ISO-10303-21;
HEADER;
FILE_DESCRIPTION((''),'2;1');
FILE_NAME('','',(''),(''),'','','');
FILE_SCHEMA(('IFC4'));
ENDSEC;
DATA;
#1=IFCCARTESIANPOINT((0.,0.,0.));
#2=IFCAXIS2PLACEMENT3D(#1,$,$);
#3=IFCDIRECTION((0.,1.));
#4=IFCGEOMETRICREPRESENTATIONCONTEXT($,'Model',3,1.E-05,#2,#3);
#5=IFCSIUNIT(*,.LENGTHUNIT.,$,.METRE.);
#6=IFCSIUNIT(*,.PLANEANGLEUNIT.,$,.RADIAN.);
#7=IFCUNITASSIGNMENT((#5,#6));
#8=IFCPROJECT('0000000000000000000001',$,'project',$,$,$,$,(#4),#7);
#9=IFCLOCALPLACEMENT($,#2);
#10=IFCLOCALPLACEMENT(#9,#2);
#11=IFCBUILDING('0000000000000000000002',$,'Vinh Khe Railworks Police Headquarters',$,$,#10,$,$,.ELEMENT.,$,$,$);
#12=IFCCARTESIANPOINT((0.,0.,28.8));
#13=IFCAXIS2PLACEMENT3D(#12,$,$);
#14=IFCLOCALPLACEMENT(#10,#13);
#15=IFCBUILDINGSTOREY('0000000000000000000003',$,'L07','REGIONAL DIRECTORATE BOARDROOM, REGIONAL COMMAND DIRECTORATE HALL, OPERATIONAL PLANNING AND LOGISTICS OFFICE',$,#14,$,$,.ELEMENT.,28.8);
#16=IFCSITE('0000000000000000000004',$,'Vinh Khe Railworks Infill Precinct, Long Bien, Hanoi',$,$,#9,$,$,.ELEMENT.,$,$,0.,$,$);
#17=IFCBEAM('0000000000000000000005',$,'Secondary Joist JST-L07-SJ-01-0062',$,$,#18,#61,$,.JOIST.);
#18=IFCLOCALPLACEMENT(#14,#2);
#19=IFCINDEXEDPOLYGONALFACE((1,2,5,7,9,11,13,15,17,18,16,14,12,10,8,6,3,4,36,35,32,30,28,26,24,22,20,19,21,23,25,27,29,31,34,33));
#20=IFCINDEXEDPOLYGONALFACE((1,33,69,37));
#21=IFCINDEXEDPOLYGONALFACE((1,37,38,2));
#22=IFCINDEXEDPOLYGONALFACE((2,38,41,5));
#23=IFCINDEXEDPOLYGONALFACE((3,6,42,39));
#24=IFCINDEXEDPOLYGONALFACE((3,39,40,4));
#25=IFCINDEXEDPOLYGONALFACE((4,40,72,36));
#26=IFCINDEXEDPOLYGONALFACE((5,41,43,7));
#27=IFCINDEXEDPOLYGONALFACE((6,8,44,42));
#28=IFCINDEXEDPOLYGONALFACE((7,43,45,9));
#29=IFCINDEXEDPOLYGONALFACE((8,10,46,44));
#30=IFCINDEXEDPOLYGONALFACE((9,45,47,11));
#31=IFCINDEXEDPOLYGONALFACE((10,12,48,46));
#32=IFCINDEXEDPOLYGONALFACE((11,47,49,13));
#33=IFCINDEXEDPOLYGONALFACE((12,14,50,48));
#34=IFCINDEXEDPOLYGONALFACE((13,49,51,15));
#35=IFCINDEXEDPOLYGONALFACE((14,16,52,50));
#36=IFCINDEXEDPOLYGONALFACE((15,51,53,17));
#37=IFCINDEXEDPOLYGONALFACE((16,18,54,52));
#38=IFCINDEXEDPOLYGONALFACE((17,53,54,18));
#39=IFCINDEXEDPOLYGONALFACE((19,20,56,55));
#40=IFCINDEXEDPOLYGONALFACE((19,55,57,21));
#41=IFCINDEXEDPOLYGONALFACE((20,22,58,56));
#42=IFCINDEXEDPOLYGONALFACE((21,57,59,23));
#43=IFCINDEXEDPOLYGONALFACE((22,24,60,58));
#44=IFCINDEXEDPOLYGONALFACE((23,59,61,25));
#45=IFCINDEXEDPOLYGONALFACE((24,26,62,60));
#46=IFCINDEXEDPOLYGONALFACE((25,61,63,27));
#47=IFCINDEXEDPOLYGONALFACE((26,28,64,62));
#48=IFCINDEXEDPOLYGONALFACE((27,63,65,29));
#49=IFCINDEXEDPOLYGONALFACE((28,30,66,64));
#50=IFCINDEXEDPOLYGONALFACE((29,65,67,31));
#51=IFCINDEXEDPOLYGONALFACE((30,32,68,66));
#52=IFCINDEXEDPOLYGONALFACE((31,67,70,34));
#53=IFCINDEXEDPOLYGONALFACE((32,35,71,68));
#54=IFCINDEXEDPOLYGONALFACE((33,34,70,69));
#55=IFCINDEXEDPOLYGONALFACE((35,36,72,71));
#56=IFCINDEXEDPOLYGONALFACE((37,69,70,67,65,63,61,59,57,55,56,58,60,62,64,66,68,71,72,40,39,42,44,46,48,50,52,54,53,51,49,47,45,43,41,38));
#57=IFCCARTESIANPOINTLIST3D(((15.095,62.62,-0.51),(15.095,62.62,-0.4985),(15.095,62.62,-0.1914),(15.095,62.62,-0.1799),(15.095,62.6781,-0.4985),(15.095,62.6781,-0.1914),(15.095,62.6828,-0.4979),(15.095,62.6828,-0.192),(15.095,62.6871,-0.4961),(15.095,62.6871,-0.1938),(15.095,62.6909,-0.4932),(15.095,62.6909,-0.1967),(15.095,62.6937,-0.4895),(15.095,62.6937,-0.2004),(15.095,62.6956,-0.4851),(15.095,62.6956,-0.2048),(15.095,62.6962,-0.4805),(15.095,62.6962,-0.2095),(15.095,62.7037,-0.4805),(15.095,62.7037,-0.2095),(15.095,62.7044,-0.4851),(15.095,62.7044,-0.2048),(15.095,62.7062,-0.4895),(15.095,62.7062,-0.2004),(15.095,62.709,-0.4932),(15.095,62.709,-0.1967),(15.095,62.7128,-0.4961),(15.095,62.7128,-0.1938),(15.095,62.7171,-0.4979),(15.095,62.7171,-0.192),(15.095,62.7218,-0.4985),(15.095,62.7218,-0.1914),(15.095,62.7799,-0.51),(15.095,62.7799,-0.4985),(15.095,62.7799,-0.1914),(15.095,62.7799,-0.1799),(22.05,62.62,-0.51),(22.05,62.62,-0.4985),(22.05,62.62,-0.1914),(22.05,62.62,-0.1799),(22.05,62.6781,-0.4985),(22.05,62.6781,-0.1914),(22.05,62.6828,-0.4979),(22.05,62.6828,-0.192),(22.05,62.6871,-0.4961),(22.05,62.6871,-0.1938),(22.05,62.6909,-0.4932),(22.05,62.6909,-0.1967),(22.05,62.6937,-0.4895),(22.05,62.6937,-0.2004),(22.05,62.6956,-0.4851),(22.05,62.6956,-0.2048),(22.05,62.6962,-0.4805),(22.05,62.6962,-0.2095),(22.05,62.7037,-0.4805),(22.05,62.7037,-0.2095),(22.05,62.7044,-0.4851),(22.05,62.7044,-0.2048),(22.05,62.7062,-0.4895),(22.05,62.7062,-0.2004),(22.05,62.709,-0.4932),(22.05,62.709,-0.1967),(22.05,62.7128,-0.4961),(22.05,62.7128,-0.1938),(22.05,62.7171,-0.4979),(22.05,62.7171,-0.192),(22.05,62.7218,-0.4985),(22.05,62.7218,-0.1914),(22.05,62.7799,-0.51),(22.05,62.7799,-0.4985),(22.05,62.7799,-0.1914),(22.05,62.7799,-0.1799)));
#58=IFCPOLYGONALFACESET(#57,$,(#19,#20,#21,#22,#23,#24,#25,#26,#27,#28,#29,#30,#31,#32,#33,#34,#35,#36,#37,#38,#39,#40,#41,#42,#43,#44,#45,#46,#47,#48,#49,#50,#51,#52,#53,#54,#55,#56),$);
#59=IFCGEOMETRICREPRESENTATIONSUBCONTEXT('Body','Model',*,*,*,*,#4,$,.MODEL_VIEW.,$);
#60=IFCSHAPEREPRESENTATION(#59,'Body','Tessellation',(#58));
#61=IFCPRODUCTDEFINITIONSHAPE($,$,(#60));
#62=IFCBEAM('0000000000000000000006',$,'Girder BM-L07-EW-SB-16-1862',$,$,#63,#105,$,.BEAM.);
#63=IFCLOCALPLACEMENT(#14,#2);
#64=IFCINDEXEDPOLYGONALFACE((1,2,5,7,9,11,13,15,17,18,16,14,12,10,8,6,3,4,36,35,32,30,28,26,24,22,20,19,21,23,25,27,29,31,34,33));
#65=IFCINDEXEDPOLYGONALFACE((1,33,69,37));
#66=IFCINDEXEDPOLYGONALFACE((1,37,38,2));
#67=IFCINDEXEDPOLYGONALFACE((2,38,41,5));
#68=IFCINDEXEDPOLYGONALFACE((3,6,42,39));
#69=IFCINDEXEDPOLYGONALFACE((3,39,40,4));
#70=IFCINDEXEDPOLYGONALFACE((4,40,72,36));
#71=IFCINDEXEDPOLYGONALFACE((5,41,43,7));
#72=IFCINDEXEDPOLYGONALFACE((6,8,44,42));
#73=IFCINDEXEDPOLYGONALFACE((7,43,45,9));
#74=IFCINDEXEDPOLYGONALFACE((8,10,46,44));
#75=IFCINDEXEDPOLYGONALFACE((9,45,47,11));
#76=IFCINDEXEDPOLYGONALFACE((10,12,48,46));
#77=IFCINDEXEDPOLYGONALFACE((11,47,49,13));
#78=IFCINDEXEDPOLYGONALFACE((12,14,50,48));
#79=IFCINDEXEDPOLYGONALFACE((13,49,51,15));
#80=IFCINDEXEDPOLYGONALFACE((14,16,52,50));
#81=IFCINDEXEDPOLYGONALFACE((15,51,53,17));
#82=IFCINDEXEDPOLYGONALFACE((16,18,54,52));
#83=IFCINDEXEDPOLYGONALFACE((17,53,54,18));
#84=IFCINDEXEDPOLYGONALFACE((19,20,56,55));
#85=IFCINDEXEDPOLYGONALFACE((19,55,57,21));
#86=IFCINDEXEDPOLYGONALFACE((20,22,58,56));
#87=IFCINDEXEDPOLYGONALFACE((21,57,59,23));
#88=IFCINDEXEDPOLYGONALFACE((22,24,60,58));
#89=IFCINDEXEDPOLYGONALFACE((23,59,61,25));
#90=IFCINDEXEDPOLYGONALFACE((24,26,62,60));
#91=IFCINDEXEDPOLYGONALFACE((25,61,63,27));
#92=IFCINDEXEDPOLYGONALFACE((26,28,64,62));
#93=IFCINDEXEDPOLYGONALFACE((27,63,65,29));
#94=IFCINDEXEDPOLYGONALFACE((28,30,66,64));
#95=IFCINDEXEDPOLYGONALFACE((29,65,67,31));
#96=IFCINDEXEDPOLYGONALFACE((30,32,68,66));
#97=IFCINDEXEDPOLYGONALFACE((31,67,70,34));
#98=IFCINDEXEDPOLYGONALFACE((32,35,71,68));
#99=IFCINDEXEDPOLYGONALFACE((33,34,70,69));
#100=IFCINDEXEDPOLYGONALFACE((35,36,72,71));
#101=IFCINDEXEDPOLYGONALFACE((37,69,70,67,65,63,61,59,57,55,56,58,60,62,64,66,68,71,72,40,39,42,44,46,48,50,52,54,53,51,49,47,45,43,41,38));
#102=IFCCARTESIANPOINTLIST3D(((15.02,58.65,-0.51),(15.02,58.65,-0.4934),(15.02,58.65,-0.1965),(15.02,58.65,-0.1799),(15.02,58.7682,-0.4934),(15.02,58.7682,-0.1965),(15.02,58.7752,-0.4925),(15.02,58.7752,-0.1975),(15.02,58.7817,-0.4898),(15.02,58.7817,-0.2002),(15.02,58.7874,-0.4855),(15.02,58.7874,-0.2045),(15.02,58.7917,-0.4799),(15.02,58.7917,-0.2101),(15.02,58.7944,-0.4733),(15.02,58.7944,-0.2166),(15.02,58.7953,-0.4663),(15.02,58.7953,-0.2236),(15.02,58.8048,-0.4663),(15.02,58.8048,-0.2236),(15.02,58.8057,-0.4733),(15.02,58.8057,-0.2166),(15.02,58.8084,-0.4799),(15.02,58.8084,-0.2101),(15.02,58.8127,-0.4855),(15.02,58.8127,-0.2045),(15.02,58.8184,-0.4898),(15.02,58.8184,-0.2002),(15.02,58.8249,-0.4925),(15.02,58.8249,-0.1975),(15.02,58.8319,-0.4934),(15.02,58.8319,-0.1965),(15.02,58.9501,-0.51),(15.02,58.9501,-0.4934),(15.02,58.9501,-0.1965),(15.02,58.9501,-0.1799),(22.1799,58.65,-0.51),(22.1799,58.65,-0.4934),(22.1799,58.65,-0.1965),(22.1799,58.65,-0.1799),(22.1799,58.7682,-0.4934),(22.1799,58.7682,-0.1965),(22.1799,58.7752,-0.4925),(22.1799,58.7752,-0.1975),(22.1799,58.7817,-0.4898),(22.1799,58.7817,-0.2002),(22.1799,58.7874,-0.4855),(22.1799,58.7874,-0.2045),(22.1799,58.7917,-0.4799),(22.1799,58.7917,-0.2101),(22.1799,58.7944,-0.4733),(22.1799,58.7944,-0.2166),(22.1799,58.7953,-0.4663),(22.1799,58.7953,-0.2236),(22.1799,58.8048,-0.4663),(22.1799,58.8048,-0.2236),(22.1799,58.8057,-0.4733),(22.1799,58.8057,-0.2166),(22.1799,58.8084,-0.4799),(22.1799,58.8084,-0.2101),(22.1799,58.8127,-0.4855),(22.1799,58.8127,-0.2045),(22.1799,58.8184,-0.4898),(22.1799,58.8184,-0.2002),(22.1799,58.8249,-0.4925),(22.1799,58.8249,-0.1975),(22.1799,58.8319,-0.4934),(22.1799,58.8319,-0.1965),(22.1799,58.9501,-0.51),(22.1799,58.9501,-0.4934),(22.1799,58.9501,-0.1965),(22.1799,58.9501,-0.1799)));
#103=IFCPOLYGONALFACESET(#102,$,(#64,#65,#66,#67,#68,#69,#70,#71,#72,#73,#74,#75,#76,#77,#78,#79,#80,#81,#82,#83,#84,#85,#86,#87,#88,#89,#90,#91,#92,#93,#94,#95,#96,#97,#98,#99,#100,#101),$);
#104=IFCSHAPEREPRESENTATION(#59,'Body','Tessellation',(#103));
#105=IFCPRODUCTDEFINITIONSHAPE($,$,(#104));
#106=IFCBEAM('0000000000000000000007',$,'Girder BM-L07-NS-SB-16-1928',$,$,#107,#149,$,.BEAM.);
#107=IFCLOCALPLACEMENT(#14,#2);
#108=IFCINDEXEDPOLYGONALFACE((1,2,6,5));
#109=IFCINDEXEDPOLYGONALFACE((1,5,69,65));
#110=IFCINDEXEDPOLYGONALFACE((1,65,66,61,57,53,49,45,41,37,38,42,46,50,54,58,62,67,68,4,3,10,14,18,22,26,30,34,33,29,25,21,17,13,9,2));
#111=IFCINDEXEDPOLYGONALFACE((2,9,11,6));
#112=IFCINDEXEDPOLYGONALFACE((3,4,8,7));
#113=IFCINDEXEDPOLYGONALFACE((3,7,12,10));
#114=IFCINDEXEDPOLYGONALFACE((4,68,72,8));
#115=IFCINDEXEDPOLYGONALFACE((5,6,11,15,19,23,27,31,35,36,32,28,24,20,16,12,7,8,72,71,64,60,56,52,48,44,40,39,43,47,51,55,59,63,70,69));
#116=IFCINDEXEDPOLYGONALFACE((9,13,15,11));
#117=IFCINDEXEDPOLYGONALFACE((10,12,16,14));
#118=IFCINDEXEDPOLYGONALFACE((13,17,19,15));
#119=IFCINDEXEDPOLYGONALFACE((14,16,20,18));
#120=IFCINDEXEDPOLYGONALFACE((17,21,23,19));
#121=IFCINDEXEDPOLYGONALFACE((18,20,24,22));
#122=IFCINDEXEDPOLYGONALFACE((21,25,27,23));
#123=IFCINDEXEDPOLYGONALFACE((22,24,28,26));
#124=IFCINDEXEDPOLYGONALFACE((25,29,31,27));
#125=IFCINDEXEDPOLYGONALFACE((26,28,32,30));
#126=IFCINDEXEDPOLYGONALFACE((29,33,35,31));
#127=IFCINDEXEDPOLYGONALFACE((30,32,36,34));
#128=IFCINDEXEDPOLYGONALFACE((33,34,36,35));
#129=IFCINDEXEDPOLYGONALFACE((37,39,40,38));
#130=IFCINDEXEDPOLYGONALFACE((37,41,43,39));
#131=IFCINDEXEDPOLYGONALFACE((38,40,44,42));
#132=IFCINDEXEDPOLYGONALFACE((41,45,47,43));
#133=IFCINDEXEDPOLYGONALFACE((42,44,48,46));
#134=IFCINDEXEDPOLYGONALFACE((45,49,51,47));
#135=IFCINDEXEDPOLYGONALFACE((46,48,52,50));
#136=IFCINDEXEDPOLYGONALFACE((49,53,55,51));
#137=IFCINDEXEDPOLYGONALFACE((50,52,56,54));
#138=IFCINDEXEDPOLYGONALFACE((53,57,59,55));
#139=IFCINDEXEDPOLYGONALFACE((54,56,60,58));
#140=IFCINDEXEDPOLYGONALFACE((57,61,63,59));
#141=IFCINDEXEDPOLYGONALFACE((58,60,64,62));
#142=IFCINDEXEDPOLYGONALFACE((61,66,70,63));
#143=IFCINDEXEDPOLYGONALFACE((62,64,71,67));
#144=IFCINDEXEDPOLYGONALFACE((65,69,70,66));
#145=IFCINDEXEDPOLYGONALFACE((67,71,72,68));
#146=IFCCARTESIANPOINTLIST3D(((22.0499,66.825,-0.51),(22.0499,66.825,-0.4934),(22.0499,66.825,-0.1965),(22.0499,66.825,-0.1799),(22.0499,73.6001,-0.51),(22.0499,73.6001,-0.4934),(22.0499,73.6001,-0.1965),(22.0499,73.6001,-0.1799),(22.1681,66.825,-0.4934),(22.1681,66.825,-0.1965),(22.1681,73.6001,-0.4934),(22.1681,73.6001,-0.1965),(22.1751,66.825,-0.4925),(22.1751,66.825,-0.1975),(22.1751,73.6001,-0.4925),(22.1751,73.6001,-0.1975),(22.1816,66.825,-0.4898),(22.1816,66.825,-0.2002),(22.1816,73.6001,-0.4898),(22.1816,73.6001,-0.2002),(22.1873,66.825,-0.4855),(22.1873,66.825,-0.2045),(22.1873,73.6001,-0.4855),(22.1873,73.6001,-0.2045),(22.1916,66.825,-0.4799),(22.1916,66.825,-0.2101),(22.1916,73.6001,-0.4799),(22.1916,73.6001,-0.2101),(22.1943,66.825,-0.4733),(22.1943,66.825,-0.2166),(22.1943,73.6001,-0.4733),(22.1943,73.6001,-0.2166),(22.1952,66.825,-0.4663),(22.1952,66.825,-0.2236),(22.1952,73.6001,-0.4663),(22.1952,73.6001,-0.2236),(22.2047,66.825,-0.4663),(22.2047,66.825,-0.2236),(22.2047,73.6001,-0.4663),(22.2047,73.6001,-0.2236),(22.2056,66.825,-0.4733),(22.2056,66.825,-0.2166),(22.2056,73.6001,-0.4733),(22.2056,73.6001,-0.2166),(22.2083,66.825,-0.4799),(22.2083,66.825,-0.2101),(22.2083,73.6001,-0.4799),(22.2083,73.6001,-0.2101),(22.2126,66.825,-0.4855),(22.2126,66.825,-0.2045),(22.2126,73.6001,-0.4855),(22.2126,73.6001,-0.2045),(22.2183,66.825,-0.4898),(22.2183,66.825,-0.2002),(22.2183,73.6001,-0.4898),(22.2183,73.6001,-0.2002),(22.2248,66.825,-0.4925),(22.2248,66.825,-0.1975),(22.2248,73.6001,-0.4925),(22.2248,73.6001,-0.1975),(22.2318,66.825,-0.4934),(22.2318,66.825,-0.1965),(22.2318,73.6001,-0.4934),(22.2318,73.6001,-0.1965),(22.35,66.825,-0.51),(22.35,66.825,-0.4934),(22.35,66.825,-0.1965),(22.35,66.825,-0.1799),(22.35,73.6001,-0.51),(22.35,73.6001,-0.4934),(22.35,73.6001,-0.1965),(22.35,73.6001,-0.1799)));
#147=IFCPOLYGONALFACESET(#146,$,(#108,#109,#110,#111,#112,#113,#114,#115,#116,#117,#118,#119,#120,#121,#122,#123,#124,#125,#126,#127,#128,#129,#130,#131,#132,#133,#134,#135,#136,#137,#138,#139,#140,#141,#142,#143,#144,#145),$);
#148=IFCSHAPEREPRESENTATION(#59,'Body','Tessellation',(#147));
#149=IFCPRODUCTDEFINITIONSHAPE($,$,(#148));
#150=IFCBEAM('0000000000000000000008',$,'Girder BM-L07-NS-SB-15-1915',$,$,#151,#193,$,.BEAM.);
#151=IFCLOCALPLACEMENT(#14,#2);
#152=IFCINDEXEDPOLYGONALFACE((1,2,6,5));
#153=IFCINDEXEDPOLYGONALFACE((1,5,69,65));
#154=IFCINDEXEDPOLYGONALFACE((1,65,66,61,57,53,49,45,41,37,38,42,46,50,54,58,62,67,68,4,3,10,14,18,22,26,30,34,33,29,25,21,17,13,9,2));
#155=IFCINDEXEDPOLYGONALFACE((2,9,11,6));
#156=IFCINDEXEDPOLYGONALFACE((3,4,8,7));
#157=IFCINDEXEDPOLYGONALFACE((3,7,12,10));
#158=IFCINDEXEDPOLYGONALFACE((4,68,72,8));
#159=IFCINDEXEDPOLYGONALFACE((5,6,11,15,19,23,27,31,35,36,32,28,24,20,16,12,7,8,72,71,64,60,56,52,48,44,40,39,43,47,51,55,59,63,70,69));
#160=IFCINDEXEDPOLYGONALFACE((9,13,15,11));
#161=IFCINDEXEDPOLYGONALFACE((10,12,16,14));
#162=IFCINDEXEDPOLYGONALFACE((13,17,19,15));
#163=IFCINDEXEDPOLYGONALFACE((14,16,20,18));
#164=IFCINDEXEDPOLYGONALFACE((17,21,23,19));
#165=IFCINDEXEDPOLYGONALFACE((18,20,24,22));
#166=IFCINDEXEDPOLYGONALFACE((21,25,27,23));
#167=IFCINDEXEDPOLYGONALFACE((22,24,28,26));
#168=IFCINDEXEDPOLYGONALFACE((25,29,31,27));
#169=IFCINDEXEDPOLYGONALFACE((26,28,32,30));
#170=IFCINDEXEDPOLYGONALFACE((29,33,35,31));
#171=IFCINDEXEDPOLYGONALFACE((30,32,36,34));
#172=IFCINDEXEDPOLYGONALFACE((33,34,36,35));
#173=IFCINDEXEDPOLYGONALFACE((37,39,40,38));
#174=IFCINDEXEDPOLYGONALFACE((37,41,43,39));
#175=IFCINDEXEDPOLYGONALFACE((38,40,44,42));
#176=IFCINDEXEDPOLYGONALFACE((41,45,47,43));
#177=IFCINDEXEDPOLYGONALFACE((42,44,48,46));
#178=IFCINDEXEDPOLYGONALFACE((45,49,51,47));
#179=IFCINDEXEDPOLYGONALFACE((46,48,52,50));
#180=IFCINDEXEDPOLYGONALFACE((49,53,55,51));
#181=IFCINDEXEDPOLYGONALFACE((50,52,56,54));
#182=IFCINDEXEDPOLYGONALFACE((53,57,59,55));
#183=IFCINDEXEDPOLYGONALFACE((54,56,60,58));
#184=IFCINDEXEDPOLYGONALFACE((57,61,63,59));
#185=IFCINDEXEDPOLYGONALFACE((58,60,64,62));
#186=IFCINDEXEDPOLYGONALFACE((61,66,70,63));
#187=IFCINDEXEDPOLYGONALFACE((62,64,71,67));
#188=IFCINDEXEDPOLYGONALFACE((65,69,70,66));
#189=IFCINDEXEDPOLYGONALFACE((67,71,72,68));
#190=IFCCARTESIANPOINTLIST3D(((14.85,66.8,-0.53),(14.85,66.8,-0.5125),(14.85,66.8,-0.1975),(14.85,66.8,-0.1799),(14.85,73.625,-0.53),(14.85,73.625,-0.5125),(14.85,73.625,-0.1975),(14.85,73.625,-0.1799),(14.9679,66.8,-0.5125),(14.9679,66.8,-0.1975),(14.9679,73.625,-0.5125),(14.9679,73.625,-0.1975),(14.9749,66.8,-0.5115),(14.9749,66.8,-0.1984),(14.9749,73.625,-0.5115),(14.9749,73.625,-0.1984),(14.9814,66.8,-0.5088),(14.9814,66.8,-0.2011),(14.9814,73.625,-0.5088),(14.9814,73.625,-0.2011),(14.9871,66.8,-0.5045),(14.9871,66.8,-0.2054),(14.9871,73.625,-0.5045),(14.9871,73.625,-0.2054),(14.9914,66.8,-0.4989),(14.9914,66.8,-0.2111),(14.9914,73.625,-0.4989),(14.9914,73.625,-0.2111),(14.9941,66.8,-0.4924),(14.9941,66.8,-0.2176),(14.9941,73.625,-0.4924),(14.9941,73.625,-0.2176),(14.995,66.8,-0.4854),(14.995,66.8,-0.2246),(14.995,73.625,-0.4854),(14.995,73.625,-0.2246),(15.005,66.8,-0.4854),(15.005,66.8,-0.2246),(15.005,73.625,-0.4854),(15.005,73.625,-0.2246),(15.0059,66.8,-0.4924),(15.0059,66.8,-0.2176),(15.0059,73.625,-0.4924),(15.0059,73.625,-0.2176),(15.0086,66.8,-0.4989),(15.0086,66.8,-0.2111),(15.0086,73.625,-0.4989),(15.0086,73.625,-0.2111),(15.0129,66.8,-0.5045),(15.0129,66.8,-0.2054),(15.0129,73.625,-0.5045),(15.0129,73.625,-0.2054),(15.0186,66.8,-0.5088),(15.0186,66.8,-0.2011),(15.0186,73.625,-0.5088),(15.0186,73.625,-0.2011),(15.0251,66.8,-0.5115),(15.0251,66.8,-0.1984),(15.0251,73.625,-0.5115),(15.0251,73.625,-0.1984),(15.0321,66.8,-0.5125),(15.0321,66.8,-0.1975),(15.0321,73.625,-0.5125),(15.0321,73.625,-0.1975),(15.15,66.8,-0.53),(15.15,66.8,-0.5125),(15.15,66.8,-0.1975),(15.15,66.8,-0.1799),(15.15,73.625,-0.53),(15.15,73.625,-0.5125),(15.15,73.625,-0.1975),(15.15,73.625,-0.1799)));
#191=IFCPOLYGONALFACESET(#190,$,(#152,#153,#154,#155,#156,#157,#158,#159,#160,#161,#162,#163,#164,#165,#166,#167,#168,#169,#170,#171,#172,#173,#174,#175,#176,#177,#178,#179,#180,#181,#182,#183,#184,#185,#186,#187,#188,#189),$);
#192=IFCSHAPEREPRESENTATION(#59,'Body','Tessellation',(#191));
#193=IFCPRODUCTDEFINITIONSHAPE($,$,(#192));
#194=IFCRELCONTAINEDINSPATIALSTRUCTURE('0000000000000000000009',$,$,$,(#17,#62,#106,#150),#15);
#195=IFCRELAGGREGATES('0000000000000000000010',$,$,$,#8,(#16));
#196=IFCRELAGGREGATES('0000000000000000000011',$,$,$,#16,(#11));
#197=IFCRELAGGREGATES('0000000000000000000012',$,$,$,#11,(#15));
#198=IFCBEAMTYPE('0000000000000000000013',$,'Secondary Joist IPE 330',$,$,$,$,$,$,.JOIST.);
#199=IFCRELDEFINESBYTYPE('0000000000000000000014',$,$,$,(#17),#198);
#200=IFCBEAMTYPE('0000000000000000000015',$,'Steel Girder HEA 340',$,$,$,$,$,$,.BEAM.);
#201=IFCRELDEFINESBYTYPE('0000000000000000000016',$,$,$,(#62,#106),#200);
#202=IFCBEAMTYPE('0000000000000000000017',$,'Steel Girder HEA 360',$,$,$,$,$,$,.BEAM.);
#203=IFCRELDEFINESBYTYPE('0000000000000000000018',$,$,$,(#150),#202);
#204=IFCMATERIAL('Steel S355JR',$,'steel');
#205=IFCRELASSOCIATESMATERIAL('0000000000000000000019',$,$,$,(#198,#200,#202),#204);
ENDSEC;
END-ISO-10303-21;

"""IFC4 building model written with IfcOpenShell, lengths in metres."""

from ifc_helpers import new_model, si_unit, direction, frame, origin, origin_2d, place, context, subcontext, project, spatial, i_section, extrude, material, material_profile, profile_set, type_object, element, save


model = new_model("IFC4")

# Units and contexts
model_context = context("Model", 3, precision=1e-05, world=origin(), true_north=direction((0.0, 1.0)))
body_context = subcontext(model_context, "Body", "Model", "MODEL_VIEW")
ifc_project = project(units=[si_unit("LENGTHUNIT", "METRE"), si_unit("PLANEANGLEUNIT", "RADIAN")], contexts=[model_context])

# Site, building, storey
site_placement = place(None, origin())
site = spatial("IfcSite", under=ifc_project, at=site_placement, Name="Vinh Khe Railworks Infill Precinct, Long Bien, Hanoi", CompositionType="ELEMENT", RefElevation=0.0)
building_placement = place(site_placement, origin())
building = spatial("IfcBuilding", under=site, at=building_placement, Name="Vinh Khe Railworks Police Headquarters", CompositionType="ELEMENT")
storey_placement = place(building_placement, frame((0.0, 0.0, 28.8)))
storey = spatial("IfcBuildingStorey", under=building, at=storey_placement, Name="L07", Description="REGIONAL DIRECTORATE BOARDROOM, REGIONAL COMMAND DIRECTORATE HALL, OPERATIONAL PLANNING AND LOGISTICS OFFICE", CompositionType="ELEMENT", Elevation=28.8)

# Shared definitions
ifc_material_1 = material(Name="Steel S355JR", Category="steel")

# Beams
ifc_material_profile_1 = material_profile(ifc_material_1, i_section(OverallWidth=0.1599, OverallDepth=0.3301, WebThickness=0.0076, FlangeThickness=0.0115, FilletRadius=0.0181, at=origin_2d()), Name="IPE 330")
ifc_profile_set_1 = profile_set([ifc_material_profile_1], Name="Steel S355JR")
beam_type_1 = type_object("IfcBeamType", Name="Secondary Joist IPE 330", PredefinedType="JOIST", material=ifc_profile_set_1)
beam_1_placement = place(storey_placement, frame((15.095, 62.7, -0.345), z_axis=(1.0, 0.0, 0.0), x_axis=(0.0, 1.0, 0.0)))
element("IfcBeam", 1, at=beam_1_placement, inside=storey, type_object=beam_type_1, Name="Secondary Joist JST-L07-SJ-01-0062", PredefinedType="JOIST", context=body_context, shape_type="SweptSolid", body=[
    extrude(i_section(OverallWidth=0.1599, OverallDepth=0.3301, WebThickness=0.0076, FlangeThickness=0.0115, FilletRadius=0.0181, at=origin_2d()), origin(), (0.0, 0.0, 1.0), 6.9551),
])
ifc_material_profile_2 = material_profile(ifc_material_1, i_section(OverallWidth=0.3, OverallDepth=0.3301, WebThickness=0.0095, FlangeThickness=0.0166, FilletRadius=0.0271, at=origin_2d()), Name="HEA 340")
ifc_profile_set_2 = profile_set([ifc_material_profile_2], Name="Steel S355JR")
beam_type_2 = type_object("IfcBeamType", Name="Steel Girder HEA 340", PredefinedType="BEAM", material=ifc_profile_set_2)
beam_2_placement = place(storey_placement, frame((15.02, 58.8, -0.345), z_axis=(1.0, 0.0, 0.0), x_axis=(0.0, 1.0, 0.0)))
element("IfcBeam", 2, at=beam_2_placement, inside=storey, type_object=beam_type_2, Name="Girder BM-L07-EW-SB-16-1862", PredefinedType="BEAM", context=body_context, shape_type="SweptSolid", body=[
    extrude(i_section(OverallWidth=0.3, OverallDepth=0.3301, WebThickness=0.0095, FlangeThickness=0.0166, FilletRadius=0.0271, at=origin_2d()), origin(), (0.0, 0.0, 1.0), 7.1599),
])
beam_3_placement = place(storey_placement, frame((22.2, 66.825, -0.345), z_axis=(0.0, 1.0, 0.0), x_axis=(-1.0, 0.0, 0.0)))
element("IfcBeam", 3, at=beam_3_placement, inside=storey, type_object=beam_type_2, Name="Girder BM-L07-NS-SB-16-1928", PredefinedType="BEAM", context=body_context, shape_type="SweptSolid", body=[
    extrude(i_section(OverallWidth=0.3, OverallDepth=0.3301, WebThickness=0.0095, FlangeThickness=0.0166, FilletRadius=0.0271, at=origin_2d()), origin(), (0.0, 0.0, 1.0), 6.7751),
])
ifc_material_profile_3 = material_profile(ifc_material_1, i_section(OverallWidth=0.3, OverallDepth=0.3501, WebThickness=0.01, FlangeThickness=0.0176, FilletRadius=0.0271, at=origin_2d()), Name="HEA 360")
ifc_profile_set_3 = profile_set([ifc_material_profile_3], Name="Steel S355JR")
beam_type_3 = type_object("IfcBeamType", Name="Steel Girder HEA 360", PredefinedType="BEAM", material=ifc_profile_set_3)
beam_4_placement = place(storey_placement, frame((15.0, 66.8, -0.355), z_axis=(0.0, 1.0, 0.0), x_axis=(-1.0, 0.0, 0.0)))
element("IfcBeam", 4, at=beam_4_placement, inside=storey, type_object=beam_type_3, Name="Girder BM-L07-NS-SB-15-1915", PredefinedType="BEAM", context=body_context, shape_type="SweptSolid", body=[
    extrude(i_section(OverallWidth=0.3, OverallDepth=0.3501, WebThickness=0.01, FlangeThickness=0.0176, FilletRadius=0.0271, at=origin_2d()), origin(), (0.0, 0.0, 1.0), 6.825),
])

save(model, "model.ifc")
